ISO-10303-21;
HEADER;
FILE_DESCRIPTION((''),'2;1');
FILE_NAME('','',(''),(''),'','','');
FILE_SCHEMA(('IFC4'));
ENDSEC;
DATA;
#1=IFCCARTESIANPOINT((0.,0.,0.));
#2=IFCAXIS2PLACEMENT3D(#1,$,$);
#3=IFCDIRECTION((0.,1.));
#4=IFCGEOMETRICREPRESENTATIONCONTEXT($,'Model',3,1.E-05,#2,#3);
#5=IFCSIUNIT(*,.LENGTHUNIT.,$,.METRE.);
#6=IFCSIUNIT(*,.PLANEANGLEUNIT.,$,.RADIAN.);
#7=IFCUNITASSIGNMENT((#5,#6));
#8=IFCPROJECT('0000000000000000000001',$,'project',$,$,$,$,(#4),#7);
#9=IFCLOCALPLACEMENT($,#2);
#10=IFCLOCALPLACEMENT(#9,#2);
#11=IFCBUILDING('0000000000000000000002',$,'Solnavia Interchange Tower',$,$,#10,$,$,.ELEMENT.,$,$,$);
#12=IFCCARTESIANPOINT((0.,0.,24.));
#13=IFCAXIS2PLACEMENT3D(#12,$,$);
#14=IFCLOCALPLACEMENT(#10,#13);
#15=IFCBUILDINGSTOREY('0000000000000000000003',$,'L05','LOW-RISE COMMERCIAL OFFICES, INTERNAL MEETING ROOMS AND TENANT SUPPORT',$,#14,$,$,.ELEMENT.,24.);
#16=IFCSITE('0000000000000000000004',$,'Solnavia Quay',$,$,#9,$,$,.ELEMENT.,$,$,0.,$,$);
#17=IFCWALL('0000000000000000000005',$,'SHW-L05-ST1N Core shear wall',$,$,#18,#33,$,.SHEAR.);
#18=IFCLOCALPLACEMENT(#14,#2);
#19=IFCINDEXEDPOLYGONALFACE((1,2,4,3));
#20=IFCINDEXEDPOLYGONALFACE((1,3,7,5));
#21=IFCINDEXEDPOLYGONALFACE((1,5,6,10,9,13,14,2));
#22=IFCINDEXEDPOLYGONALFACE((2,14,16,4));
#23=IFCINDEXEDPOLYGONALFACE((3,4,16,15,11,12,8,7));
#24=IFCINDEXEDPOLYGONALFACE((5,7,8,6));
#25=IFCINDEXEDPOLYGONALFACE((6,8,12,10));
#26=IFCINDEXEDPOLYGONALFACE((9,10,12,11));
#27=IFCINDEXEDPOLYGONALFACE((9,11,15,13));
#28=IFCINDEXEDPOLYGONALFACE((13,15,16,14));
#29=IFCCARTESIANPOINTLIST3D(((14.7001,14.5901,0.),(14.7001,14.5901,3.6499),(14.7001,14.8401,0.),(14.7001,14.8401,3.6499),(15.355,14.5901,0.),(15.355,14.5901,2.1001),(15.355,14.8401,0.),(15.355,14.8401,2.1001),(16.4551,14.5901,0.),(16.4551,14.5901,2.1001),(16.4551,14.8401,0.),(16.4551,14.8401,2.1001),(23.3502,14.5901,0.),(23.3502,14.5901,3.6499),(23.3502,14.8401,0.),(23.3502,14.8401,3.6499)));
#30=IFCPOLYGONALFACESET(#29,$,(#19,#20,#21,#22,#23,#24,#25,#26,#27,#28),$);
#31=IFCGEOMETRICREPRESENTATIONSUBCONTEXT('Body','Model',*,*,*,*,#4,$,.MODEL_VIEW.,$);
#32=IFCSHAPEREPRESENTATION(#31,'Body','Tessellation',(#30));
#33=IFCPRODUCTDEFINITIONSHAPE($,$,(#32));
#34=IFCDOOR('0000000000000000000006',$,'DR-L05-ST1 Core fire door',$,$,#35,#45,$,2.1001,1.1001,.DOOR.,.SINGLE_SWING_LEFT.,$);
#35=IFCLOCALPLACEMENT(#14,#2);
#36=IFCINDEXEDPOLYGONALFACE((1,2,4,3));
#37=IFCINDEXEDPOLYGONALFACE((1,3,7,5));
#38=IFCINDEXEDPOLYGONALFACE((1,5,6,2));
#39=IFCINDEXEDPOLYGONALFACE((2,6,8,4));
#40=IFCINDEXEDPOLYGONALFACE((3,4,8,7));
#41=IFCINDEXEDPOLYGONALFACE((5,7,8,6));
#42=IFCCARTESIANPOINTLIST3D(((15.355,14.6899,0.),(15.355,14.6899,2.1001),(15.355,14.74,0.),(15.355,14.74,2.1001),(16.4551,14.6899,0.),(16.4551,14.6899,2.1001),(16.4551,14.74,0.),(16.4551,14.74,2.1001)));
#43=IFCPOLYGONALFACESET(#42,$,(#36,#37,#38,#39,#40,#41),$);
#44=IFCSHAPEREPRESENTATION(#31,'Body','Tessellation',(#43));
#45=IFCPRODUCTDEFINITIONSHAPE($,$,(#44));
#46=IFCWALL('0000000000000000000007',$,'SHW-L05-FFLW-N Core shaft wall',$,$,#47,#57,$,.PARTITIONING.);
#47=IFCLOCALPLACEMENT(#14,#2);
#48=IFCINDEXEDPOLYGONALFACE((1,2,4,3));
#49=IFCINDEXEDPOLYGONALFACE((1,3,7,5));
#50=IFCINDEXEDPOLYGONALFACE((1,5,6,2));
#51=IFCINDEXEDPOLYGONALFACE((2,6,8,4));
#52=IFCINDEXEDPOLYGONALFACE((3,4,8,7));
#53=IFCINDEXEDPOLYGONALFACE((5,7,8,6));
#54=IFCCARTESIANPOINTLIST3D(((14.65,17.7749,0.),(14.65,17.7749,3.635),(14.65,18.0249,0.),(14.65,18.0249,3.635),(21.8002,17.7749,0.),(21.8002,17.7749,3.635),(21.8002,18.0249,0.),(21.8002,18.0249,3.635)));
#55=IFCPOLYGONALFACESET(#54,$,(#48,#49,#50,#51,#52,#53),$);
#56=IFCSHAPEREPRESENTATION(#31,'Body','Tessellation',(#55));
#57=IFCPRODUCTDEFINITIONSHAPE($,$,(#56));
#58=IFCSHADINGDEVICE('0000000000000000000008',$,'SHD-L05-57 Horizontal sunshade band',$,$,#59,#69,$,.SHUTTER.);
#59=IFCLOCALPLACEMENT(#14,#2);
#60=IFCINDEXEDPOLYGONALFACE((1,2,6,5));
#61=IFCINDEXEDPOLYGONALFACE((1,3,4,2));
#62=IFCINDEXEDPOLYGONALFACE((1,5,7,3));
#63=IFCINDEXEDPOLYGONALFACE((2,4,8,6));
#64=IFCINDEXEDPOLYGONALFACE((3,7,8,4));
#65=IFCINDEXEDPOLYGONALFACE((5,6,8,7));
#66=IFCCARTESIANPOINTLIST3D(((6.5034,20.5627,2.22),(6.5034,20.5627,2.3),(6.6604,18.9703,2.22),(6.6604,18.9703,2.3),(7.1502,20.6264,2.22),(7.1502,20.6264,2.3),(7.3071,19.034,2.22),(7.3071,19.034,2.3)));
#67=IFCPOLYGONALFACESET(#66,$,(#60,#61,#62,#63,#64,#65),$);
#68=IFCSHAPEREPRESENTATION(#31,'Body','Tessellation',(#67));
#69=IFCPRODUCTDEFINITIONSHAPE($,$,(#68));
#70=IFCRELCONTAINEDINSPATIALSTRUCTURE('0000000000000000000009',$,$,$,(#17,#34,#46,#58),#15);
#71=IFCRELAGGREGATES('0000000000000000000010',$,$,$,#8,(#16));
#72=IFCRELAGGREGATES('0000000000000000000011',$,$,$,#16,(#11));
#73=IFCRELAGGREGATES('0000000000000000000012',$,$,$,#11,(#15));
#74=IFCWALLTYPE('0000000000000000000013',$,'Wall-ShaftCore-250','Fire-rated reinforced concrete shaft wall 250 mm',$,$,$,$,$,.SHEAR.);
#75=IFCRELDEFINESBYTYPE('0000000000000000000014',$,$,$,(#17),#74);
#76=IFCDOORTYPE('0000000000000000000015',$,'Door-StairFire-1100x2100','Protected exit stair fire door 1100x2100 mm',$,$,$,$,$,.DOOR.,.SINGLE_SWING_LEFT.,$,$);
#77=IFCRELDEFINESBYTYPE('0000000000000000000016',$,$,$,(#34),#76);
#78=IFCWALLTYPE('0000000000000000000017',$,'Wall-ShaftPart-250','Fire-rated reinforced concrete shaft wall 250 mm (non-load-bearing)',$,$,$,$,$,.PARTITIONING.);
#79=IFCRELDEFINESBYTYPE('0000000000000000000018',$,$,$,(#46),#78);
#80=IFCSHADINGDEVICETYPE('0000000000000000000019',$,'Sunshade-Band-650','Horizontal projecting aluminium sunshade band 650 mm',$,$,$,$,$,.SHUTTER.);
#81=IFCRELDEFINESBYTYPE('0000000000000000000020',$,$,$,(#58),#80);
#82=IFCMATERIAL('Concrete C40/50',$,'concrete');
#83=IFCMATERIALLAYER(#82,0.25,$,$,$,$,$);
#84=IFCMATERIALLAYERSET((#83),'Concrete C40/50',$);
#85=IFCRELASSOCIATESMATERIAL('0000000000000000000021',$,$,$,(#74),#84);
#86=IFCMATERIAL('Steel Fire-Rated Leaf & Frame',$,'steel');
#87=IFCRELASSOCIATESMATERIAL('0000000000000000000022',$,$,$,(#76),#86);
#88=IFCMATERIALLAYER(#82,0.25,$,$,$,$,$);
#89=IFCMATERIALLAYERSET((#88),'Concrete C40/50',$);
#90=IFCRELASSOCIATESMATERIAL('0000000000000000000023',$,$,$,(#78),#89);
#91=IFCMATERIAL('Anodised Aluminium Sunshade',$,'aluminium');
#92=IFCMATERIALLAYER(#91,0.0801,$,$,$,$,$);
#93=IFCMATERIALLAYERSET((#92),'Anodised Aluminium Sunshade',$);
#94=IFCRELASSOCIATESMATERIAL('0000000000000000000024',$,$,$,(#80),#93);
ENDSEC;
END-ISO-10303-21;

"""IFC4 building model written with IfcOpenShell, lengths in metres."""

from ifc_helpers import new_model, si_unit, direction, frame, frame_2d, origin, origin_2d, place, context, subcontext, project, spatial, rectangle, extrude, material, layer, layer_set, type_object, element, fill, save


model = new_model("IFC4")

# Units and contexts
model_context = context("Model", 3, precision=1e-05, world=origin(), true_north=direction((0.0, 1.0)))
body_context = subcontext(model_context, "Body", "Model", "MODEL_VIEW")
ifc_project = project(units=[si_unit("LENGTHUNIT", "METRE"), si_unit("PLANEANGLEUNIT", "RADIAN")], contexts=[model_context])

# Site, building, storey
site_placement = place(None, origin())
site = spatial("IfcSite", under=ifc_project, at=site_placement, Name="Solnavia Quay", CompositionType="ELEMENT", RefElevation=0.0)
building_placement = place(site_placement, origin())
building = spatial("IfcBuilding", under=site, at=building_placement, Name="Solnavia Interchange Tower", CompositionType="ELEMENT")
storey_placement = place(building_placement, frame((0.0, 0.0, 24.0)))
storey = spatial("IfcBuildingStorey", under=building, at=storey_placement, Name="L05", Description="LOW-RISE COMMERCIAL OFFICES, INTERNAL MEETING ROOMS AND TENANT SUPPORT", CompositionType="ELEMENT", Elevation=24.0)

# Shared definitions
ifc_material_1 = material(Name="Concrete C40/50", Category="concrete")

# Shared definitions
ifc_layer_1 = layer(ifc_material_1, 0.25)
ifc_layer_set_1 = layer_set([ifc_layer_1], Name="Concrete C40/50")
wall_type_1 = type_object("IfcWallType", Name="Wall-ShaftCore-250", Description="Fire-rated reinforced concrete shaft wall 250 mm", PredefinedType="SHEAR", material=ifc_layer_set_1)

# Wall, opening, door
wall_1_placement = place(storey_placement, frame((14.7, 14.7151, 0.0), z_axis=(0.0, 0.0, 1.0), x_axis=(1.0, 0.0, 0.0)))
wall_1 = element("IfcWall", 1, at=wall_1_placement, inside=storey, type_object=wall_type_1, Name="SHW-L05-ST1N Core shear wall", PredefinedType="SHEAR", context=body_context, shape_type="SweptSolid", body=[
    extrude(rectangle(XDim=8.6501, YDim=0.25, at=frame_2d((4.3252, 0.0))), origin(), (0.0, 0.0, 1.0), 3.6499),
])
opening_1_placement = place(wall_1_placement, frame((0.655, 0.0, 0.0)))
opening_1 = element("IfcOpeningElement", 2, at=opening_1_placement, cuts=wall_1, PredefinedType="OPENING", context=body_context, shape_type="SweptSolid", body=[
    extrude(rectangle(XDim=1.1001, YDim=2.1001, at=frame_2d((0.55, 1.05))), frame((0.0, 0.135, 0.0), z_axis=(0.0, -1.0, 0.0), x_axis=(1.0, 0.0, 0.0)), (0.0, 0.0, 1.0), 0.27),
])
ifc_material_2 = material(Name="Steel Fire-Rated Leaf & Frame", Category="steel")
door_type_1 = type_object("IfcDoorType", Name="Door-StairFire-1100x2100", Description="Protected exit stair fire door 1100x2100 mm", OperationType="SINGLE_SWING_LEFT", PredefinedType="DOOR", material=ifc_material_2)
door_1_placement = place(opening_1_placement, origin())
door_1 = element("IfcDoor", 3, at=door_1_placement, inside=storey, type_object=door_type_1, Name="DR-L05-ST1 Core fire door", OperationType="SINGLE_SWING_LEFT", OverallHeight=2.1001, OverallWidth=1.1001, PredefinedType="DOOR", context=body_context, shape_type="SweptSolid", body=[
    extrude(rectangle(XDim=1.1001, YDim=2.1001, at=frame_2d((0.55, 1.05))), frame((0.0, 0.0249, 0.0), z_axis=(0.0, -1.0, 0.0), x_axis=(1.0, 0.0, 0.0)), (0.0, 0.0, 1.0), 0.05),
])
fill(opening_1, door_1)

# Wall
ifc_layer_2 = layer(ifc_material_1, 0.25)
ifc_layer_set_2 = layer_set([ifc_layer_2], Name="Concrete C40/50")
wall_type_2 = type_object("IfcWallType", Name="Wall-ShaftPart-250", Description="Fire-rated reinforced concrete shaft wall 250 mm (non-load-bearing)", PredefinedType="PARTITIONING", material=ifc_layer_set_2)
wall_2_placement = place(storey_placement, frame((14.6499, 17.8999, 0.0), z_axis=(0.0, 0.0, 1.0), x_axis=(1.0, 0.0, 0.0)))
element("IfcWall", 4, at=wall_2_placement, inside=storey, type_object=wall_type_2, Name="SHW-L05-FFLW-N Core shaft wall", PredefinedType="PARTITIONING", context=body_context, shape_type="SweptSolid", body=[
    extrude(rectangle(XDim=7.1501, YDim=0.25, at=frame_2d((3.5752, 0.0))), origin(), (0.0, 0.0, 1.0), 3.635),
])

# Shading device
ifc_material_3 = material(Name="Anodised Aluminium Sunshade", Category="aluminium")
ifc_layer_3 = layer(ifc_material_3, 0.0801)
ifc_layer_set_3 = layer_set([ifc_layer_3], Name="Anodised Aluminium Sunshade")
shading_device_type = type_object("IfcShadingDeviceType", Name="Sunshade-Band-650", Description="Horizontal projecting aluminium sunshade band 650 mm", PredefinedType="SHUTTER", material=ifc_layer_set_3)
shading_device_placement = place(storey_placement, frame((6.9053, 19.7983, 2.22), z_axis=(0.0, 0.0, 1.0), x_axis=(-0.098104, 0.995176, 0.0)))
element("IfcShadingDevice", 5, at=shading_device_placement, inside=storey, type_object=shading_device_type, Name="SHD-L05-57 Horizontal sunshade band", PredefinedType="SHUTTER", context=body_context, shape_type="SweptSolid", body=[
    extrude(rectangle(XDim=1.6001, YDim=0.6499, at=origin_2d()), origin(), (0.0, 0.0, 1.0), 0.0801),
])

save(model, "model.ifc")
